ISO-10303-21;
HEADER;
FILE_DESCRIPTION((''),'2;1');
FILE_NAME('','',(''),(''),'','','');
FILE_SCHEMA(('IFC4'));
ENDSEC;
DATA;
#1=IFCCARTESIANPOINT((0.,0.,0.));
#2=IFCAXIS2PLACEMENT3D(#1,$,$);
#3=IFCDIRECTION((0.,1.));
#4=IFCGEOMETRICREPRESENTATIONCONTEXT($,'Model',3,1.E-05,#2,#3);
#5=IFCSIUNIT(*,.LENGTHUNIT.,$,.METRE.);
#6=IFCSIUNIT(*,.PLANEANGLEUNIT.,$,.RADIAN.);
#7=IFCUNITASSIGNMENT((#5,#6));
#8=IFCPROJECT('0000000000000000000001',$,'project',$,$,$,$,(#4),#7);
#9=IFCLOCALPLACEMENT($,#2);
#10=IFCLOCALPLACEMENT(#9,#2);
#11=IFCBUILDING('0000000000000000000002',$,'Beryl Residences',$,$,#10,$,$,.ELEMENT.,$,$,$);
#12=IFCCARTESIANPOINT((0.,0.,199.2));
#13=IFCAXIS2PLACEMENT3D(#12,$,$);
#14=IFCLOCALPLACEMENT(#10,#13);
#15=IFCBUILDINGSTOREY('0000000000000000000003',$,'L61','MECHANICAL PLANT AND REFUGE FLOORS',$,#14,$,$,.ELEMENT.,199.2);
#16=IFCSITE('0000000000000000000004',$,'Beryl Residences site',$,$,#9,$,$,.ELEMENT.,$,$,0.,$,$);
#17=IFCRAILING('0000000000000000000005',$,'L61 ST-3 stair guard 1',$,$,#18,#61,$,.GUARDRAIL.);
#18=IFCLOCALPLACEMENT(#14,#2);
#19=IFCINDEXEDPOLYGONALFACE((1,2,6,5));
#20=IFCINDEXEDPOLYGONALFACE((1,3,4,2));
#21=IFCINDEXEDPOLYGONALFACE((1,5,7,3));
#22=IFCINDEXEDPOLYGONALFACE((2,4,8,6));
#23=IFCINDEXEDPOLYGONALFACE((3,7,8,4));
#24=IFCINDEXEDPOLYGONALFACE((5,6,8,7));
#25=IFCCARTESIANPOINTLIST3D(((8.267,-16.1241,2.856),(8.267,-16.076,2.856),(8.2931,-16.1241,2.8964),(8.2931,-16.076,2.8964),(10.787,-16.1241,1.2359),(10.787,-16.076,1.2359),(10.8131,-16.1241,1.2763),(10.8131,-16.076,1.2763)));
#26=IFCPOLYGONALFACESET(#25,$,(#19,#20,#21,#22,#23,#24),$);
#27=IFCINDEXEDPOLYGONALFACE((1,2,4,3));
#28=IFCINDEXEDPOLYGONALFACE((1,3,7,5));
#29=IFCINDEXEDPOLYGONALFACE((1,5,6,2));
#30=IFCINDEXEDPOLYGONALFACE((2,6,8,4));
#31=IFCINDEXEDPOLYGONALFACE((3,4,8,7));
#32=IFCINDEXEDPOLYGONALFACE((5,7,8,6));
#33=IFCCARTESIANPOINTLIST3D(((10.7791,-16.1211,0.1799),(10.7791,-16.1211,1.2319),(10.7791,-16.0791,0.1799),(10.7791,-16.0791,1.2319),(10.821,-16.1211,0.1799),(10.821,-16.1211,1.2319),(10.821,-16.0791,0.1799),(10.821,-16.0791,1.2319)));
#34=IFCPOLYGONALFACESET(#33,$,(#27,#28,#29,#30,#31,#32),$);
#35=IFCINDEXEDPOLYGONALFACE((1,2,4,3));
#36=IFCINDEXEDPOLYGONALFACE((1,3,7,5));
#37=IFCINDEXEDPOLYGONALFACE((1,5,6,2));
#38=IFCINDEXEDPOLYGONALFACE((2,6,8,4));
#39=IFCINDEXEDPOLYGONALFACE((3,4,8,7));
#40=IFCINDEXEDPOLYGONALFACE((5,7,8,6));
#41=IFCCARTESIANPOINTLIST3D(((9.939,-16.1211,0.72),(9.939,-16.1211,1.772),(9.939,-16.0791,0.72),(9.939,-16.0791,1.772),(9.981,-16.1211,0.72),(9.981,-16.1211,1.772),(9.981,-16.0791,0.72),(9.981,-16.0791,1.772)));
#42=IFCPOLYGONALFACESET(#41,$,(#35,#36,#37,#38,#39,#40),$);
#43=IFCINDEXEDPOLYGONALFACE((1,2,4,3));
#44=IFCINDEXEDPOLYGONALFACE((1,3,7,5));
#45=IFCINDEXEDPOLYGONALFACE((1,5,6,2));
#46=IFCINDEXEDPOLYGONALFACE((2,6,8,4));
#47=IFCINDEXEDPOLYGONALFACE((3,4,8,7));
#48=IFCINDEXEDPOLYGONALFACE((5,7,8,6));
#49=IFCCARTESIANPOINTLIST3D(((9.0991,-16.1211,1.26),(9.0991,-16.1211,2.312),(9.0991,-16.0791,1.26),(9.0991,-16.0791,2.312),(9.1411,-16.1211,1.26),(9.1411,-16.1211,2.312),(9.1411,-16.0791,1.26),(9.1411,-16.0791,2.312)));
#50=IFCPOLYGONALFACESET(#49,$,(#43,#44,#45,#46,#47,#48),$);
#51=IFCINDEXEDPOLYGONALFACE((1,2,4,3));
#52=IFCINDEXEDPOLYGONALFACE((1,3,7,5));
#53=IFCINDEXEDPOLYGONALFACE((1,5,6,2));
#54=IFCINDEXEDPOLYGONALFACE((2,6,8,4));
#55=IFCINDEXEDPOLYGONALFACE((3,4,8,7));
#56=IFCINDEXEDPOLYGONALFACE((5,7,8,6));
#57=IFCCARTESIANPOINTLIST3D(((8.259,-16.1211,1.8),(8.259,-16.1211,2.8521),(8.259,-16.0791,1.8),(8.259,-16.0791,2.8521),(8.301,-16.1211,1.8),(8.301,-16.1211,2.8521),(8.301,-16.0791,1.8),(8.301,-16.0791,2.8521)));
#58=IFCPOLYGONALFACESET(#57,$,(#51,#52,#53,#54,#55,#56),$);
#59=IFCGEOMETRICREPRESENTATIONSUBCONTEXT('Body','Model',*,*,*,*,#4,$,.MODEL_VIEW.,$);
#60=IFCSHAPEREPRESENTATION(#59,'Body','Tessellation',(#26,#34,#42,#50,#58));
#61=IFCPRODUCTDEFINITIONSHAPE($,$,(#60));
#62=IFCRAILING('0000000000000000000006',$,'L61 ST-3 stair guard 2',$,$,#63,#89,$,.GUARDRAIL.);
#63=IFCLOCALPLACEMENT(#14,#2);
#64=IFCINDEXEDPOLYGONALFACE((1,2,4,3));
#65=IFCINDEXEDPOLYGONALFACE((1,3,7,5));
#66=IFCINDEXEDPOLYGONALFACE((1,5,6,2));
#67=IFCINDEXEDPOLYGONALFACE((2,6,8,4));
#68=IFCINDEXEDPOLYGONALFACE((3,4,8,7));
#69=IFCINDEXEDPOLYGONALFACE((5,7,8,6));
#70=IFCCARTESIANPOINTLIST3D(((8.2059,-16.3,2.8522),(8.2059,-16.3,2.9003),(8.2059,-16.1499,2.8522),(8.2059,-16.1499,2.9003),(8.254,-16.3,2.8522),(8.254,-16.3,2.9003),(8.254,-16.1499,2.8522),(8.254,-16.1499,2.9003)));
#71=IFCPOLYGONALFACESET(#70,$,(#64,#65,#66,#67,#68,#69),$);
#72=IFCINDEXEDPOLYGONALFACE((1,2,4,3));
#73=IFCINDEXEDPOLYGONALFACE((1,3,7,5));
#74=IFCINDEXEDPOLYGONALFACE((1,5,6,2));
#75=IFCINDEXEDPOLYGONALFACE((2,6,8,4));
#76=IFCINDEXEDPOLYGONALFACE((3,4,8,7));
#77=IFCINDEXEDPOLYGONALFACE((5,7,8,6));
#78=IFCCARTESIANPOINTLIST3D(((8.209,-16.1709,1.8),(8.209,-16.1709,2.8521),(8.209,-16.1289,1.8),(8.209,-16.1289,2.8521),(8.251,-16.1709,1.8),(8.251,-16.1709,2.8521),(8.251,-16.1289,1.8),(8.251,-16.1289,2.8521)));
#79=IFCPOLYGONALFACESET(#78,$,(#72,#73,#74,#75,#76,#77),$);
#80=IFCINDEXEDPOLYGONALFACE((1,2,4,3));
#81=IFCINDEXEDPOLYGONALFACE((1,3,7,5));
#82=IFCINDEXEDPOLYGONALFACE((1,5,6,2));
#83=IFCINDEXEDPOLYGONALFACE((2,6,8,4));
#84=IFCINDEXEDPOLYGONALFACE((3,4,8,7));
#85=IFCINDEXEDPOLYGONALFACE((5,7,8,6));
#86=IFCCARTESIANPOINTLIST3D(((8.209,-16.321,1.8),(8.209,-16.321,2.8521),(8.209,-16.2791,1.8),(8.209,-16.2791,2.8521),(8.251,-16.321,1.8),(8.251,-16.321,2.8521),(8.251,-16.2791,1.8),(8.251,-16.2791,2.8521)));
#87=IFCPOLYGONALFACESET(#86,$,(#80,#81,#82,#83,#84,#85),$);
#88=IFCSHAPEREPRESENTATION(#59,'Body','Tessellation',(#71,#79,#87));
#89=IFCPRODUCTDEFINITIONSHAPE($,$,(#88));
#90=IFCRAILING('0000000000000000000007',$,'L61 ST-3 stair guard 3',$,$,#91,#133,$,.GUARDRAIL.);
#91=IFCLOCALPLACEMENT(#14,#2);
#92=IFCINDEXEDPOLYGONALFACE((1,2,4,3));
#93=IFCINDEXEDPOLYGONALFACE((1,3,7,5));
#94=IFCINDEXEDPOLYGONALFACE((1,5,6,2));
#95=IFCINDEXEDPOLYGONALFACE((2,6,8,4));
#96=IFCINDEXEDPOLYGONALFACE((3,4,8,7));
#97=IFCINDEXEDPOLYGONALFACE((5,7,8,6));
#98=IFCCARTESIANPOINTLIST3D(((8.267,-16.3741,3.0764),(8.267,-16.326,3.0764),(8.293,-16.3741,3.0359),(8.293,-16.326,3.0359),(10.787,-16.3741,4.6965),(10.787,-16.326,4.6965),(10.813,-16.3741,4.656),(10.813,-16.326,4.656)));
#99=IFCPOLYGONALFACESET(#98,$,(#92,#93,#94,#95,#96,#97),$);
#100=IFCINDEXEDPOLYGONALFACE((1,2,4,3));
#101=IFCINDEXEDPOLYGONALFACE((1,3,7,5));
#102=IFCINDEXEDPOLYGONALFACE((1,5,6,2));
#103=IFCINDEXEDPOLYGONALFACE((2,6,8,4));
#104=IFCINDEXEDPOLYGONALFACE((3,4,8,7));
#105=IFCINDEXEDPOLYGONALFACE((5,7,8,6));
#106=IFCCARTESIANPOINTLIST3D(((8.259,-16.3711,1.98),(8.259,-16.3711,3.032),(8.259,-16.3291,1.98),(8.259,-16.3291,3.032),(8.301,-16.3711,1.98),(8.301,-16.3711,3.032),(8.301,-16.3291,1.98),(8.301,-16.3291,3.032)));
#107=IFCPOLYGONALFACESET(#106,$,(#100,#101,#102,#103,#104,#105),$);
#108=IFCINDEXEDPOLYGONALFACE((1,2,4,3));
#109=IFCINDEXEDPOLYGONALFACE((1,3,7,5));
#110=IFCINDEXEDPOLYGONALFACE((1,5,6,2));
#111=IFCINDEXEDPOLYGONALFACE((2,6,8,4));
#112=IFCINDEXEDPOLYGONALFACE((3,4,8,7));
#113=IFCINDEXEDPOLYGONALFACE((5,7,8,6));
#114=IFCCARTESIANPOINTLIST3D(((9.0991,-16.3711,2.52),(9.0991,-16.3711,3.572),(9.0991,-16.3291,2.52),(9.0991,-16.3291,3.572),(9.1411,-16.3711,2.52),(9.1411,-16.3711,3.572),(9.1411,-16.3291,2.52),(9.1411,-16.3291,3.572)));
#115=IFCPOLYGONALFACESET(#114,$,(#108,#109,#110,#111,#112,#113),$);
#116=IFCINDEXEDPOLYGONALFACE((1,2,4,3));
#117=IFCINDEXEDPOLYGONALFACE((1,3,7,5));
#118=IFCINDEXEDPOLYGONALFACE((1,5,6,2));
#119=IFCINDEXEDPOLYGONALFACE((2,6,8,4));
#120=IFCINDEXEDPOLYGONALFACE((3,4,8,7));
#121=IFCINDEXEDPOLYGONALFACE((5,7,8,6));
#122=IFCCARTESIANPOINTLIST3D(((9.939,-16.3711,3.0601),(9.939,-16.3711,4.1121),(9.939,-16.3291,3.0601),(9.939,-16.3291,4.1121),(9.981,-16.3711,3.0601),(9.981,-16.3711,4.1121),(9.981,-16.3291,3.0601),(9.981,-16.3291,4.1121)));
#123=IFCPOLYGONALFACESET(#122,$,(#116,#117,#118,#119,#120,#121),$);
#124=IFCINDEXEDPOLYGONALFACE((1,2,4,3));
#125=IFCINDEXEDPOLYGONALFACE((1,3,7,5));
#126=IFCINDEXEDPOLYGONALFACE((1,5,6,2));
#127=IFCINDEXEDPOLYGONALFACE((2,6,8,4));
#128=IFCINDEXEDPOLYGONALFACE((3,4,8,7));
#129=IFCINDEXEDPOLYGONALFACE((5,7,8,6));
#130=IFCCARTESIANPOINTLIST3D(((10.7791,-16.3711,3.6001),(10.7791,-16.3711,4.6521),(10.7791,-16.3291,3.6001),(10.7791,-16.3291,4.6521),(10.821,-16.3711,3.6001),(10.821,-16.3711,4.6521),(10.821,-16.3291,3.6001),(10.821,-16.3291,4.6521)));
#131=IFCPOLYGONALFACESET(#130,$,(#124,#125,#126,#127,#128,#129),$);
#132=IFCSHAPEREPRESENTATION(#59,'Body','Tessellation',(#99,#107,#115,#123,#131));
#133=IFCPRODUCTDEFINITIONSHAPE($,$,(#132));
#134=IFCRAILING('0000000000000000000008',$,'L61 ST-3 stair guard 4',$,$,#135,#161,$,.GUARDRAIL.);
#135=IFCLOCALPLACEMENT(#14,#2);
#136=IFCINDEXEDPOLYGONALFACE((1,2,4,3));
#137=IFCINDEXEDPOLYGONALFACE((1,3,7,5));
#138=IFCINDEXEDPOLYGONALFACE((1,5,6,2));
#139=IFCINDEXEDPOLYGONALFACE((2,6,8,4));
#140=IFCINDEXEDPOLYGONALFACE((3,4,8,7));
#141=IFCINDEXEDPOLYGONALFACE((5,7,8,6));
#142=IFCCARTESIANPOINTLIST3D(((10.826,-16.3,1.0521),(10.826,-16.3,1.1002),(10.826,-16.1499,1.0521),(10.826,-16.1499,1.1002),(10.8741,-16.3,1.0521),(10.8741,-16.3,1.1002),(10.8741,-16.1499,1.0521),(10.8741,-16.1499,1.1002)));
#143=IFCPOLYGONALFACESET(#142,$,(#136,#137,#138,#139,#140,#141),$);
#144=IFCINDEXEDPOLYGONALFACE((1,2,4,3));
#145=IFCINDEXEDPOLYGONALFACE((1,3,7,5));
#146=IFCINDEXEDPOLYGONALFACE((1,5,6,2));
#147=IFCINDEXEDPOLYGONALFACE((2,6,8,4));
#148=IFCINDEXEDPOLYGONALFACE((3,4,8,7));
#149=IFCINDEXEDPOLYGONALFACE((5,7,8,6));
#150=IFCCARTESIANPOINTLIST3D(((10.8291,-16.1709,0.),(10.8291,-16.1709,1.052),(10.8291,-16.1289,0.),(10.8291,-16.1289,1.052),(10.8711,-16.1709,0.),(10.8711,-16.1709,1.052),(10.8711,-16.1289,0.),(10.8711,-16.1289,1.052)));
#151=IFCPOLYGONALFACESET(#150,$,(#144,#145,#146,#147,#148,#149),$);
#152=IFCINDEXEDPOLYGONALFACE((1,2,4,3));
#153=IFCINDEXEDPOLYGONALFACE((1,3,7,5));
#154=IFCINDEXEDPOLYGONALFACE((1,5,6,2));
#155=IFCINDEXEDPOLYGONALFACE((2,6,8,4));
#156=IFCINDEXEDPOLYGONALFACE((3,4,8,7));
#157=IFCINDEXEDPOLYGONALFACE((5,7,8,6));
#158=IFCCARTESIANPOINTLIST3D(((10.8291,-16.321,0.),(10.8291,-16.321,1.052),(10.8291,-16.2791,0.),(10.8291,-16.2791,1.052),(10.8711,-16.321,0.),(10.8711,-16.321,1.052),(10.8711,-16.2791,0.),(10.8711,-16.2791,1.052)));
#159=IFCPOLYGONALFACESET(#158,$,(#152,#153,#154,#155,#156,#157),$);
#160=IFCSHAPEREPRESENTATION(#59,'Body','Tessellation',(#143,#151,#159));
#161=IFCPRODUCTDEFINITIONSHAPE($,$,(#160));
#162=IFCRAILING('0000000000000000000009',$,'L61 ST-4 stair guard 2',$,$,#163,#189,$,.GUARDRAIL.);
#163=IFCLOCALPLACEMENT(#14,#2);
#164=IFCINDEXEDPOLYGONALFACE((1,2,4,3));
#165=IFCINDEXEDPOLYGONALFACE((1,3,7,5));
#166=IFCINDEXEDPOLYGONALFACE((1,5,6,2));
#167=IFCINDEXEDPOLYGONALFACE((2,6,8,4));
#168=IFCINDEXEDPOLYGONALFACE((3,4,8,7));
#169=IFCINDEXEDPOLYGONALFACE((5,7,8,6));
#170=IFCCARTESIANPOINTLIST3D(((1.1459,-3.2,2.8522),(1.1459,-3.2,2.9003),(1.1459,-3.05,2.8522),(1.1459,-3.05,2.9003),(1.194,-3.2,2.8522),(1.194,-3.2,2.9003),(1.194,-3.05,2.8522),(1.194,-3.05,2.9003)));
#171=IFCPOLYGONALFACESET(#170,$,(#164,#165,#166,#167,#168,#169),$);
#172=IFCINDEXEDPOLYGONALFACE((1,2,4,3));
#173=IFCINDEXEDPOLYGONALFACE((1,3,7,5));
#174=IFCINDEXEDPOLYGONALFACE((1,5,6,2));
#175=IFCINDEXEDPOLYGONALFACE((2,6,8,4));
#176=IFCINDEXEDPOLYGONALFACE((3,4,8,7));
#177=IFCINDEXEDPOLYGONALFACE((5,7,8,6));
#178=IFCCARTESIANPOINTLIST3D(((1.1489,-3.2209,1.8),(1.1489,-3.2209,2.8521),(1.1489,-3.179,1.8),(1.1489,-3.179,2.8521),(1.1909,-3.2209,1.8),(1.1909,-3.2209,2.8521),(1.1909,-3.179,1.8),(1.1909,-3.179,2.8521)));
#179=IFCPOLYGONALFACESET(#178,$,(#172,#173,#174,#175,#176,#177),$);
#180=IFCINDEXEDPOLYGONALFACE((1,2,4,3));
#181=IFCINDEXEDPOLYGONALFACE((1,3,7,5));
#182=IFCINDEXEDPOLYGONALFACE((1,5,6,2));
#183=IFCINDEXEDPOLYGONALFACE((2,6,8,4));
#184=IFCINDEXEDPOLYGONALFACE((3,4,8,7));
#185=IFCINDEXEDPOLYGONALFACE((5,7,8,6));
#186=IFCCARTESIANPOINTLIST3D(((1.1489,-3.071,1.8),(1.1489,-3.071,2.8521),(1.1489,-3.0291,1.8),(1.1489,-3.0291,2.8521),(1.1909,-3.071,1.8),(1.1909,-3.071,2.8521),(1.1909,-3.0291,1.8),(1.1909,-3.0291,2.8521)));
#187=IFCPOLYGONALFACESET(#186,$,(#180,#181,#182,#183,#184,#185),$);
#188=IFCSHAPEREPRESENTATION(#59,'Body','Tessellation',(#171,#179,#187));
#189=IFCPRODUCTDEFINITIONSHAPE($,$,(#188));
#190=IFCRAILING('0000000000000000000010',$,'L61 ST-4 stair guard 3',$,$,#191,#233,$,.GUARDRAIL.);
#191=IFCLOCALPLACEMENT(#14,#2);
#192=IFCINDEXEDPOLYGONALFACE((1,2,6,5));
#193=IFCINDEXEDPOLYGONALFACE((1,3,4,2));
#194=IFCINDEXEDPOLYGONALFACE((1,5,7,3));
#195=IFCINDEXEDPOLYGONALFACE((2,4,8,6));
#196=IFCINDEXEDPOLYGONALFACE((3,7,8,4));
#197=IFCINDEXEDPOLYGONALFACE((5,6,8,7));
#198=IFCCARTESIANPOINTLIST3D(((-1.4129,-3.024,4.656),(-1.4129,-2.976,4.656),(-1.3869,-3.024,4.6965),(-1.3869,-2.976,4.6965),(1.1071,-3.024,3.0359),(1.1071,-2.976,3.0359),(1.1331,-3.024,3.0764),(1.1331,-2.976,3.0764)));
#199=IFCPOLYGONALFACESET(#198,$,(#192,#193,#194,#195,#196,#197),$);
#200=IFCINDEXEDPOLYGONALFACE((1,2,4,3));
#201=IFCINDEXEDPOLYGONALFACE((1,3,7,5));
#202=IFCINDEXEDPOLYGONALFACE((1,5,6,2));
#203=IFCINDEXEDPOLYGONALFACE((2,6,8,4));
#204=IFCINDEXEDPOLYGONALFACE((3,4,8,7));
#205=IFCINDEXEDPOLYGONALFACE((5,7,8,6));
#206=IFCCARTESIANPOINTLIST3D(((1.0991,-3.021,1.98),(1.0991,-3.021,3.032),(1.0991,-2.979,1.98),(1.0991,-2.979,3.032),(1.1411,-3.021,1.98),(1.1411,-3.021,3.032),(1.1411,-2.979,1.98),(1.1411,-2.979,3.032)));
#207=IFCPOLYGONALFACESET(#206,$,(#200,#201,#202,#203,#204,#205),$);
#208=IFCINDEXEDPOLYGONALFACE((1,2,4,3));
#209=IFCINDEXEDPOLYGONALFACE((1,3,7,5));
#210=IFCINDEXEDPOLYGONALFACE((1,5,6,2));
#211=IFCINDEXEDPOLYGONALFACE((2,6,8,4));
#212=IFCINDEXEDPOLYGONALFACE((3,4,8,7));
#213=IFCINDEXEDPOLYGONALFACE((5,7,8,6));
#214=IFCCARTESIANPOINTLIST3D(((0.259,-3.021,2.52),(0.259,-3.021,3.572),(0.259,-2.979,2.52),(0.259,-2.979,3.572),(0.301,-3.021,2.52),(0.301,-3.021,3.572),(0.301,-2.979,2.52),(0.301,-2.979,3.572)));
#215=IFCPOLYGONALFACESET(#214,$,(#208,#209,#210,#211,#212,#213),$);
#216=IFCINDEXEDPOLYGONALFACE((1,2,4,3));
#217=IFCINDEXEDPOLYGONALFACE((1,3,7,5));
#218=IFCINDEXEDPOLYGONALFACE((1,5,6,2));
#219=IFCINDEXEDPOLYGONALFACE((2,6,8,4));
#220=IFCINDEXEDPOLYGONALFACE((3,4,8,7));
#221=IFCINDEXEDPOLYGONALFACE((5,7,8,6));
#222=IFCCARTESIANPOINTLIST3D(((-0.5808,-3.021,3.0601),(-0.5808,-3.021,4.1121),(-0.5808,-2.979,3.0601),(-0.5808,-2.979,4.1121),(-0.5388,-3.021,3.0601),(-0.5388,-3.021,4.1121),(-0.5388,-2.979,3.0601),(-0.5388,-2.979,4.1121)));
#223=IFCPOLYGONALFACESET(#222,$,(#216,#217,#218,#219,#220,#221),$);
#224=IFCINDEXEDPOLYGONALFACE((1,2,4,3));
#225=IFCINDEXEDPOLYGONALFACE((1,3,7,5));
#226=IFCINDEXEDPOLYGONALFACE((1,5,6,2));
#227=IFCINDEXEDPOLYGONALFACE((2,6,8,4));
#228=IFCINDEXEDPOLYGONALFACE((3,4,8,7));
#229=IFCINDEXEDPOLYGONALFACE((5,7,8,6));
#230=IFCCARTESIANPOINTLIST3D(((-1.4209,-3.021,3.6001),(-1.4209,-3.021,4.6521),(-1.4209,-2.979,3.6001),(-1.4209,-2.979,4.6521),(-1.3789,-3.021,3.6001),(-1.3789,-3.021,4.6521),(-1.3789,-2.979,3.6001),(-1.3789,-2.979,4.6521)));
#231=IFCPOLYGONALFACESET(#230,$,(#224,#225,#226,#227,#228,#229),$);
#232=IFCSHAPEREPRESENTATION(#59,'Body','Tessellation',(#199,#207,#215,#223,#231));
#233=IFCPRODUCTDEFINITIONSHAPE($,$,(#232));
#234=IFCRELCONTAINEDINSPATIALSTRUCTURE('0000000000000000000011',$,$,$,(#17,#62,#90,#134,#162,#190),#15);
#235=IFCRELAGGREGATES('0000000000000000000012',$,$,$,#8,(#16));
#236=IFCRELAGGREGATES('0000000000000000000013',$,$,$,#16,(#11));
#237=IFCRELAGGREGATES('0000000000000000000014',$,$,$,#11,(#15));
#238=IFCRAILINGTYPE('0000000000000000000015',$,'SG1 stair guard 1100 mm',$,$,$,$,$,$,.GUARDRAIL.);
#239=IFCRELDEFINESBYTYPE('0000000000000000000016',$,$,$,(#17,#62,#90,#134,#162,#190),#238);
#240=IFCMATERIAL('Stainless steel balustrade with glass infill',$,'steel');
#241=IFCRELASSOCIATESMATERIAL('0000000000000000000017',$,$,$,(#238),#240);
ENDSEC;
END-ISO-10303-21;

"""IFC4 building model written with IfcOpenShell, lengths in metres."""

from ifc_helpers import new_model, si_unit, direction, frame, origin, origin_2d, place, context, subcontext, project, spatial, rectangle, extrude, material, type_object, element, save


model = new_model("IFC4")

# Units and contexts
model_context = context("Model", 3, precision=1e-05, world=origin(), true_north=direction((0.0, 1.0)))
body_context = subcontext(model_context, "Body", "Model", "MODEL_VIEW")
ifc_project = project(units=[si_unit("LENGTHUNIT", "METRE"), si_unit("PLANEANGLEUNIT", "RADIAN")], contexts=[model_context])

# Site, building, storey
site_placement = place(None, origin())
site = spatial("IfcSite", under=ifc_project, at=site_placement, Name="Beryl Residences site", CompositionType="ELEMENT", RefElevation=0.0)
building_placement = place(site_placement, origin())
building = spatial("IfcBuilding", under=site, at=building_placement, Name="Beryl Residences", CompositionType="ELEMENT")
storey_placement = place(building_placement, frame((0.0, 0.0, 199.2)))
storey = spatial("IfcBuildingStorey", under=building, at=storey_placement, Name="L61", Description="MECHANICAL PLANT AND REFUGE FLOORS", CompositionType="ELEMENT", Elevation=199.2)

# Railings
ifc_material_1 = material(Name="Stainless steel balustrade with glass infill", Category="steel")
railing_type_1 = type_object("IfcRailingType", Name="SG1 stair guard 1100 mm", PredefinedType="GUARDRAIL", material=ifc_material_1)
railing_1_placement = place(storey_placement, frame((10.8, -16.1001, 0.1799)))
element("IfcRailing", 1, at=railing_1_placement, inside=storey, type_object=railing_type_1, Name="L61 ST-3 stair guard 1", PredefinedType="GUARDRAIL", context=body_context, shape_type="SweptSolid", body=[
    extrude(rectangle(XDim=0.0481, YDim=0.0481, at=origin_2d()), frame((0.0, 0.0, 1.0762), z_axis=(-0.841163, 0.0, 0.540782), x_axis=(0.0, -1.0, 0.0)), (0.0, 0.0, 1.0), 2.9958),
    extrude(rectangle(XDim=0.042, YDim=0.042, at=origin_2d()), origin(), (0.0, 0.0, 1.0), 1.052),
    extrude(rectangle(XDim=0.042, YDim=0.042, at=origin_2d()), frame((-0.8401, 0.0, 0.54)), (0.0, 0.0, 1.0), 1.052),
    extrude(rectangle(XDim=0.042, YDim=0.042, at=origin_2d()), frame((-1.6799, 0.0, 1.0801)), (0.0, 0.0, 1.0), 1.052),
    extrude(rectangle(XDim=0.042, YDim=0.042, at=origin_2d()), frame((-2.52, 0.0, 1.6201)), (0.0, 0.0, 1.0), 1.052),
])
railing_2_placement = place(storey_placement, frame((8.23, -16.1499, 1.8)))
element("IfcRailing", 2, at=railing_2_placement, inside=storey, type_object=railing_type_1, Name="L61 ST-3 stair guard 2", PredefinedType="GUARDRAIL", context=body_context, shape_type="SweptSolid", body=[
    extrude(rectangle(XDim=0.0481, YDim=0.0481, at=origin_2d()), frame((0.0, 0.0, 1.0762), z_axis=(0.0, -1.0, 0.0), x_axis=(1.0, 0.0, 0.0)), (0.0, 0.0, 1.0), 0.1501),
    extrude(rectangle(XDim=0.042, YDim=0.042, at=origin_2d()), origin(), (0.0, 0.0, 1.0), 1.052),
    extrude(rectangle(XDim=0.042, YDim=0.042, at=origin_2d()), frame((0.0, -0.1501, 0.0)), (0.0, 0.0, 1.0), 1.052),
])
railing_3_placement = place(storey_placement, frame((8.28, -16.3501, 1.98)))
element("IfcRailing", 3, at=railing_3_placement, inside=storey, type_object=railing_type_1, Name="L61 ST-3 stair guard 3", PredefinedType="GUARDRAIL", context=body_context, shape_type="SweptSolid", body=[
    extrude(rectangle(XDim=0.0481, YDim=0.0481, at=origin_2d()), frame((0.0, 0.0, 1.0762), z_axis=(0.841163, 0.0, 0.540782), x_axis=(0.0, 1.0, 0.0)), (0.0, 0.0, 1.0), 2.9958),
    extrude(rectangle(XDim=0.042, YDim=0.042, at=origin_2d()), origin(), (0.0, 0.0, 1.0), 1.052),
    extrude(rectangle(XDim=0.042, YDim=0.042, at=origin_2d()), frame((0.8401, 0.0, 0.54)), (0.0, 0.0, 1.0), 1.052),
    extrude(rectangle(XDim=0.042, YDim=0.042, at=origin_2d()), frame((1.6799, 0.0, 1.0801)), (0.0, 0.0, 1.0), 1.052),
    extrude(rectangle(XDim=0.042, YDim=0.042, at=origin_2d()), frame((2.52, 0.0, 1.6201)), (0.0, 0.0, 1.0), 1.052),
])
railing_4_placement = place(storey_placement, frame((10.8501, -16.1499, 0.0)))
element("IfcRailing", 4, at=railing_4_placement, inside=storey, type_object=railing_type_1, Name="L61 ST-3 stair guard 4", PredefinedType="GUARDRAIL", context=body_context, shape_type="SweptSolid", body=[
    extrude(rectangle(XDim=0.0481, YDim=0.0481, at=origin_2d()), frame((0.0, 0.0, 1.0762), z_axis=(0.0, -1.0, 0.0), x_axis=(1.0, 0.0, 0.0)), (0.0, 0.0, 1.0), 0.1501),
    extrude(rectangle(XDim=0.042, YDim=0.042, at=origin_2d()), origin(), (0.0, 0.0, 1.0), 1.052),
    extrude(rectangle(XDim=0.042, YDim=0.042, at=origin_2d()), frame((0.0, -0.1501, 0.0)), (0.0, 0.0, 1.0), 1.052),
])
railing_5_placement = place(storey_placement, frame((1.1699, -3.2, 1.8)))
element("IfcRailing", 5, at=railing_5_placement, inside=storey, type_object=railing_type_1, Name="L61 ST-4 stair guard 2", PredefinedType="GUARDRAIL", context=body_context, shape_type="SweptSolid", body=[
    extrude(rectangle(XDim=0.0481, YDim=0.0481, at=origin_2d()), frame((0.0, 0.0, 1.0762), z_axis=(0.0, 1.0, 0.0), x_axis=(-1.0, 0.0, 0.0)), (0.0, 0.0, 1.0), 0.1499),
    extrude(rectangle(XDim=0.042, YDim=0.042, at=origin_2d()), origin(), (0.0, 0.0, 1.0), 1.052),
    extrude(rectangle(XDim=0.042, YDim=0.042, at=origin_2d()), frame((0.0, 0.1499, 0.0)), (0.0, 0.0, 1.0), 1.052),
])
railing_6_placement = place(storey_placement, frame((1.1201, -3.0, 1.98)))
element("IfcRailing", 6, at=railing_6_placement, inside=storey, type_object=railing_type_1, Name="L61 ST-4 stair guard 3", PredefinedType="GUARDRAIL", context=body_context, shape_type="SweptSolid", body=[
    extrude(rectangle(XDim=0.0481, YDim=0.0481, at=origin_2d()), frame((0.0, 0.0, 1.0762), z_axis=(-0.841163, 0.0, 0.540782), x_axis=(0.0, -1.0, 0.0)), (0.0, 0.0, 1.0), 2.9958),
    extrude(rectangle(XDim=0.042, YDim=0.042, at=origin_2d()), origin(), (0.0, 0.0, 1.0), 1.052),
    extrude(rectangle(XDim=0.042, YDim=0.042, at=origin_2d()), frame((-0.8401, 0.0, 0.54)), (0.0, 0.0, 1.0), 1.052),
    extrude(rectangle(XDim=0.042, YDim=0.042, at=origin_2d()), frame((-1.6799, 0.0, 1.0801)), (0.0, 0.0, 1.0), 1.052),
    extrude(rectangle(XDim=0.042, YDim=0.042, at=origin_2d()), frame((-2.52, 0.0, 1.6201)), (0.0, 0.0, 1.0), 1.052),
])

save(model, "model.ifc")
